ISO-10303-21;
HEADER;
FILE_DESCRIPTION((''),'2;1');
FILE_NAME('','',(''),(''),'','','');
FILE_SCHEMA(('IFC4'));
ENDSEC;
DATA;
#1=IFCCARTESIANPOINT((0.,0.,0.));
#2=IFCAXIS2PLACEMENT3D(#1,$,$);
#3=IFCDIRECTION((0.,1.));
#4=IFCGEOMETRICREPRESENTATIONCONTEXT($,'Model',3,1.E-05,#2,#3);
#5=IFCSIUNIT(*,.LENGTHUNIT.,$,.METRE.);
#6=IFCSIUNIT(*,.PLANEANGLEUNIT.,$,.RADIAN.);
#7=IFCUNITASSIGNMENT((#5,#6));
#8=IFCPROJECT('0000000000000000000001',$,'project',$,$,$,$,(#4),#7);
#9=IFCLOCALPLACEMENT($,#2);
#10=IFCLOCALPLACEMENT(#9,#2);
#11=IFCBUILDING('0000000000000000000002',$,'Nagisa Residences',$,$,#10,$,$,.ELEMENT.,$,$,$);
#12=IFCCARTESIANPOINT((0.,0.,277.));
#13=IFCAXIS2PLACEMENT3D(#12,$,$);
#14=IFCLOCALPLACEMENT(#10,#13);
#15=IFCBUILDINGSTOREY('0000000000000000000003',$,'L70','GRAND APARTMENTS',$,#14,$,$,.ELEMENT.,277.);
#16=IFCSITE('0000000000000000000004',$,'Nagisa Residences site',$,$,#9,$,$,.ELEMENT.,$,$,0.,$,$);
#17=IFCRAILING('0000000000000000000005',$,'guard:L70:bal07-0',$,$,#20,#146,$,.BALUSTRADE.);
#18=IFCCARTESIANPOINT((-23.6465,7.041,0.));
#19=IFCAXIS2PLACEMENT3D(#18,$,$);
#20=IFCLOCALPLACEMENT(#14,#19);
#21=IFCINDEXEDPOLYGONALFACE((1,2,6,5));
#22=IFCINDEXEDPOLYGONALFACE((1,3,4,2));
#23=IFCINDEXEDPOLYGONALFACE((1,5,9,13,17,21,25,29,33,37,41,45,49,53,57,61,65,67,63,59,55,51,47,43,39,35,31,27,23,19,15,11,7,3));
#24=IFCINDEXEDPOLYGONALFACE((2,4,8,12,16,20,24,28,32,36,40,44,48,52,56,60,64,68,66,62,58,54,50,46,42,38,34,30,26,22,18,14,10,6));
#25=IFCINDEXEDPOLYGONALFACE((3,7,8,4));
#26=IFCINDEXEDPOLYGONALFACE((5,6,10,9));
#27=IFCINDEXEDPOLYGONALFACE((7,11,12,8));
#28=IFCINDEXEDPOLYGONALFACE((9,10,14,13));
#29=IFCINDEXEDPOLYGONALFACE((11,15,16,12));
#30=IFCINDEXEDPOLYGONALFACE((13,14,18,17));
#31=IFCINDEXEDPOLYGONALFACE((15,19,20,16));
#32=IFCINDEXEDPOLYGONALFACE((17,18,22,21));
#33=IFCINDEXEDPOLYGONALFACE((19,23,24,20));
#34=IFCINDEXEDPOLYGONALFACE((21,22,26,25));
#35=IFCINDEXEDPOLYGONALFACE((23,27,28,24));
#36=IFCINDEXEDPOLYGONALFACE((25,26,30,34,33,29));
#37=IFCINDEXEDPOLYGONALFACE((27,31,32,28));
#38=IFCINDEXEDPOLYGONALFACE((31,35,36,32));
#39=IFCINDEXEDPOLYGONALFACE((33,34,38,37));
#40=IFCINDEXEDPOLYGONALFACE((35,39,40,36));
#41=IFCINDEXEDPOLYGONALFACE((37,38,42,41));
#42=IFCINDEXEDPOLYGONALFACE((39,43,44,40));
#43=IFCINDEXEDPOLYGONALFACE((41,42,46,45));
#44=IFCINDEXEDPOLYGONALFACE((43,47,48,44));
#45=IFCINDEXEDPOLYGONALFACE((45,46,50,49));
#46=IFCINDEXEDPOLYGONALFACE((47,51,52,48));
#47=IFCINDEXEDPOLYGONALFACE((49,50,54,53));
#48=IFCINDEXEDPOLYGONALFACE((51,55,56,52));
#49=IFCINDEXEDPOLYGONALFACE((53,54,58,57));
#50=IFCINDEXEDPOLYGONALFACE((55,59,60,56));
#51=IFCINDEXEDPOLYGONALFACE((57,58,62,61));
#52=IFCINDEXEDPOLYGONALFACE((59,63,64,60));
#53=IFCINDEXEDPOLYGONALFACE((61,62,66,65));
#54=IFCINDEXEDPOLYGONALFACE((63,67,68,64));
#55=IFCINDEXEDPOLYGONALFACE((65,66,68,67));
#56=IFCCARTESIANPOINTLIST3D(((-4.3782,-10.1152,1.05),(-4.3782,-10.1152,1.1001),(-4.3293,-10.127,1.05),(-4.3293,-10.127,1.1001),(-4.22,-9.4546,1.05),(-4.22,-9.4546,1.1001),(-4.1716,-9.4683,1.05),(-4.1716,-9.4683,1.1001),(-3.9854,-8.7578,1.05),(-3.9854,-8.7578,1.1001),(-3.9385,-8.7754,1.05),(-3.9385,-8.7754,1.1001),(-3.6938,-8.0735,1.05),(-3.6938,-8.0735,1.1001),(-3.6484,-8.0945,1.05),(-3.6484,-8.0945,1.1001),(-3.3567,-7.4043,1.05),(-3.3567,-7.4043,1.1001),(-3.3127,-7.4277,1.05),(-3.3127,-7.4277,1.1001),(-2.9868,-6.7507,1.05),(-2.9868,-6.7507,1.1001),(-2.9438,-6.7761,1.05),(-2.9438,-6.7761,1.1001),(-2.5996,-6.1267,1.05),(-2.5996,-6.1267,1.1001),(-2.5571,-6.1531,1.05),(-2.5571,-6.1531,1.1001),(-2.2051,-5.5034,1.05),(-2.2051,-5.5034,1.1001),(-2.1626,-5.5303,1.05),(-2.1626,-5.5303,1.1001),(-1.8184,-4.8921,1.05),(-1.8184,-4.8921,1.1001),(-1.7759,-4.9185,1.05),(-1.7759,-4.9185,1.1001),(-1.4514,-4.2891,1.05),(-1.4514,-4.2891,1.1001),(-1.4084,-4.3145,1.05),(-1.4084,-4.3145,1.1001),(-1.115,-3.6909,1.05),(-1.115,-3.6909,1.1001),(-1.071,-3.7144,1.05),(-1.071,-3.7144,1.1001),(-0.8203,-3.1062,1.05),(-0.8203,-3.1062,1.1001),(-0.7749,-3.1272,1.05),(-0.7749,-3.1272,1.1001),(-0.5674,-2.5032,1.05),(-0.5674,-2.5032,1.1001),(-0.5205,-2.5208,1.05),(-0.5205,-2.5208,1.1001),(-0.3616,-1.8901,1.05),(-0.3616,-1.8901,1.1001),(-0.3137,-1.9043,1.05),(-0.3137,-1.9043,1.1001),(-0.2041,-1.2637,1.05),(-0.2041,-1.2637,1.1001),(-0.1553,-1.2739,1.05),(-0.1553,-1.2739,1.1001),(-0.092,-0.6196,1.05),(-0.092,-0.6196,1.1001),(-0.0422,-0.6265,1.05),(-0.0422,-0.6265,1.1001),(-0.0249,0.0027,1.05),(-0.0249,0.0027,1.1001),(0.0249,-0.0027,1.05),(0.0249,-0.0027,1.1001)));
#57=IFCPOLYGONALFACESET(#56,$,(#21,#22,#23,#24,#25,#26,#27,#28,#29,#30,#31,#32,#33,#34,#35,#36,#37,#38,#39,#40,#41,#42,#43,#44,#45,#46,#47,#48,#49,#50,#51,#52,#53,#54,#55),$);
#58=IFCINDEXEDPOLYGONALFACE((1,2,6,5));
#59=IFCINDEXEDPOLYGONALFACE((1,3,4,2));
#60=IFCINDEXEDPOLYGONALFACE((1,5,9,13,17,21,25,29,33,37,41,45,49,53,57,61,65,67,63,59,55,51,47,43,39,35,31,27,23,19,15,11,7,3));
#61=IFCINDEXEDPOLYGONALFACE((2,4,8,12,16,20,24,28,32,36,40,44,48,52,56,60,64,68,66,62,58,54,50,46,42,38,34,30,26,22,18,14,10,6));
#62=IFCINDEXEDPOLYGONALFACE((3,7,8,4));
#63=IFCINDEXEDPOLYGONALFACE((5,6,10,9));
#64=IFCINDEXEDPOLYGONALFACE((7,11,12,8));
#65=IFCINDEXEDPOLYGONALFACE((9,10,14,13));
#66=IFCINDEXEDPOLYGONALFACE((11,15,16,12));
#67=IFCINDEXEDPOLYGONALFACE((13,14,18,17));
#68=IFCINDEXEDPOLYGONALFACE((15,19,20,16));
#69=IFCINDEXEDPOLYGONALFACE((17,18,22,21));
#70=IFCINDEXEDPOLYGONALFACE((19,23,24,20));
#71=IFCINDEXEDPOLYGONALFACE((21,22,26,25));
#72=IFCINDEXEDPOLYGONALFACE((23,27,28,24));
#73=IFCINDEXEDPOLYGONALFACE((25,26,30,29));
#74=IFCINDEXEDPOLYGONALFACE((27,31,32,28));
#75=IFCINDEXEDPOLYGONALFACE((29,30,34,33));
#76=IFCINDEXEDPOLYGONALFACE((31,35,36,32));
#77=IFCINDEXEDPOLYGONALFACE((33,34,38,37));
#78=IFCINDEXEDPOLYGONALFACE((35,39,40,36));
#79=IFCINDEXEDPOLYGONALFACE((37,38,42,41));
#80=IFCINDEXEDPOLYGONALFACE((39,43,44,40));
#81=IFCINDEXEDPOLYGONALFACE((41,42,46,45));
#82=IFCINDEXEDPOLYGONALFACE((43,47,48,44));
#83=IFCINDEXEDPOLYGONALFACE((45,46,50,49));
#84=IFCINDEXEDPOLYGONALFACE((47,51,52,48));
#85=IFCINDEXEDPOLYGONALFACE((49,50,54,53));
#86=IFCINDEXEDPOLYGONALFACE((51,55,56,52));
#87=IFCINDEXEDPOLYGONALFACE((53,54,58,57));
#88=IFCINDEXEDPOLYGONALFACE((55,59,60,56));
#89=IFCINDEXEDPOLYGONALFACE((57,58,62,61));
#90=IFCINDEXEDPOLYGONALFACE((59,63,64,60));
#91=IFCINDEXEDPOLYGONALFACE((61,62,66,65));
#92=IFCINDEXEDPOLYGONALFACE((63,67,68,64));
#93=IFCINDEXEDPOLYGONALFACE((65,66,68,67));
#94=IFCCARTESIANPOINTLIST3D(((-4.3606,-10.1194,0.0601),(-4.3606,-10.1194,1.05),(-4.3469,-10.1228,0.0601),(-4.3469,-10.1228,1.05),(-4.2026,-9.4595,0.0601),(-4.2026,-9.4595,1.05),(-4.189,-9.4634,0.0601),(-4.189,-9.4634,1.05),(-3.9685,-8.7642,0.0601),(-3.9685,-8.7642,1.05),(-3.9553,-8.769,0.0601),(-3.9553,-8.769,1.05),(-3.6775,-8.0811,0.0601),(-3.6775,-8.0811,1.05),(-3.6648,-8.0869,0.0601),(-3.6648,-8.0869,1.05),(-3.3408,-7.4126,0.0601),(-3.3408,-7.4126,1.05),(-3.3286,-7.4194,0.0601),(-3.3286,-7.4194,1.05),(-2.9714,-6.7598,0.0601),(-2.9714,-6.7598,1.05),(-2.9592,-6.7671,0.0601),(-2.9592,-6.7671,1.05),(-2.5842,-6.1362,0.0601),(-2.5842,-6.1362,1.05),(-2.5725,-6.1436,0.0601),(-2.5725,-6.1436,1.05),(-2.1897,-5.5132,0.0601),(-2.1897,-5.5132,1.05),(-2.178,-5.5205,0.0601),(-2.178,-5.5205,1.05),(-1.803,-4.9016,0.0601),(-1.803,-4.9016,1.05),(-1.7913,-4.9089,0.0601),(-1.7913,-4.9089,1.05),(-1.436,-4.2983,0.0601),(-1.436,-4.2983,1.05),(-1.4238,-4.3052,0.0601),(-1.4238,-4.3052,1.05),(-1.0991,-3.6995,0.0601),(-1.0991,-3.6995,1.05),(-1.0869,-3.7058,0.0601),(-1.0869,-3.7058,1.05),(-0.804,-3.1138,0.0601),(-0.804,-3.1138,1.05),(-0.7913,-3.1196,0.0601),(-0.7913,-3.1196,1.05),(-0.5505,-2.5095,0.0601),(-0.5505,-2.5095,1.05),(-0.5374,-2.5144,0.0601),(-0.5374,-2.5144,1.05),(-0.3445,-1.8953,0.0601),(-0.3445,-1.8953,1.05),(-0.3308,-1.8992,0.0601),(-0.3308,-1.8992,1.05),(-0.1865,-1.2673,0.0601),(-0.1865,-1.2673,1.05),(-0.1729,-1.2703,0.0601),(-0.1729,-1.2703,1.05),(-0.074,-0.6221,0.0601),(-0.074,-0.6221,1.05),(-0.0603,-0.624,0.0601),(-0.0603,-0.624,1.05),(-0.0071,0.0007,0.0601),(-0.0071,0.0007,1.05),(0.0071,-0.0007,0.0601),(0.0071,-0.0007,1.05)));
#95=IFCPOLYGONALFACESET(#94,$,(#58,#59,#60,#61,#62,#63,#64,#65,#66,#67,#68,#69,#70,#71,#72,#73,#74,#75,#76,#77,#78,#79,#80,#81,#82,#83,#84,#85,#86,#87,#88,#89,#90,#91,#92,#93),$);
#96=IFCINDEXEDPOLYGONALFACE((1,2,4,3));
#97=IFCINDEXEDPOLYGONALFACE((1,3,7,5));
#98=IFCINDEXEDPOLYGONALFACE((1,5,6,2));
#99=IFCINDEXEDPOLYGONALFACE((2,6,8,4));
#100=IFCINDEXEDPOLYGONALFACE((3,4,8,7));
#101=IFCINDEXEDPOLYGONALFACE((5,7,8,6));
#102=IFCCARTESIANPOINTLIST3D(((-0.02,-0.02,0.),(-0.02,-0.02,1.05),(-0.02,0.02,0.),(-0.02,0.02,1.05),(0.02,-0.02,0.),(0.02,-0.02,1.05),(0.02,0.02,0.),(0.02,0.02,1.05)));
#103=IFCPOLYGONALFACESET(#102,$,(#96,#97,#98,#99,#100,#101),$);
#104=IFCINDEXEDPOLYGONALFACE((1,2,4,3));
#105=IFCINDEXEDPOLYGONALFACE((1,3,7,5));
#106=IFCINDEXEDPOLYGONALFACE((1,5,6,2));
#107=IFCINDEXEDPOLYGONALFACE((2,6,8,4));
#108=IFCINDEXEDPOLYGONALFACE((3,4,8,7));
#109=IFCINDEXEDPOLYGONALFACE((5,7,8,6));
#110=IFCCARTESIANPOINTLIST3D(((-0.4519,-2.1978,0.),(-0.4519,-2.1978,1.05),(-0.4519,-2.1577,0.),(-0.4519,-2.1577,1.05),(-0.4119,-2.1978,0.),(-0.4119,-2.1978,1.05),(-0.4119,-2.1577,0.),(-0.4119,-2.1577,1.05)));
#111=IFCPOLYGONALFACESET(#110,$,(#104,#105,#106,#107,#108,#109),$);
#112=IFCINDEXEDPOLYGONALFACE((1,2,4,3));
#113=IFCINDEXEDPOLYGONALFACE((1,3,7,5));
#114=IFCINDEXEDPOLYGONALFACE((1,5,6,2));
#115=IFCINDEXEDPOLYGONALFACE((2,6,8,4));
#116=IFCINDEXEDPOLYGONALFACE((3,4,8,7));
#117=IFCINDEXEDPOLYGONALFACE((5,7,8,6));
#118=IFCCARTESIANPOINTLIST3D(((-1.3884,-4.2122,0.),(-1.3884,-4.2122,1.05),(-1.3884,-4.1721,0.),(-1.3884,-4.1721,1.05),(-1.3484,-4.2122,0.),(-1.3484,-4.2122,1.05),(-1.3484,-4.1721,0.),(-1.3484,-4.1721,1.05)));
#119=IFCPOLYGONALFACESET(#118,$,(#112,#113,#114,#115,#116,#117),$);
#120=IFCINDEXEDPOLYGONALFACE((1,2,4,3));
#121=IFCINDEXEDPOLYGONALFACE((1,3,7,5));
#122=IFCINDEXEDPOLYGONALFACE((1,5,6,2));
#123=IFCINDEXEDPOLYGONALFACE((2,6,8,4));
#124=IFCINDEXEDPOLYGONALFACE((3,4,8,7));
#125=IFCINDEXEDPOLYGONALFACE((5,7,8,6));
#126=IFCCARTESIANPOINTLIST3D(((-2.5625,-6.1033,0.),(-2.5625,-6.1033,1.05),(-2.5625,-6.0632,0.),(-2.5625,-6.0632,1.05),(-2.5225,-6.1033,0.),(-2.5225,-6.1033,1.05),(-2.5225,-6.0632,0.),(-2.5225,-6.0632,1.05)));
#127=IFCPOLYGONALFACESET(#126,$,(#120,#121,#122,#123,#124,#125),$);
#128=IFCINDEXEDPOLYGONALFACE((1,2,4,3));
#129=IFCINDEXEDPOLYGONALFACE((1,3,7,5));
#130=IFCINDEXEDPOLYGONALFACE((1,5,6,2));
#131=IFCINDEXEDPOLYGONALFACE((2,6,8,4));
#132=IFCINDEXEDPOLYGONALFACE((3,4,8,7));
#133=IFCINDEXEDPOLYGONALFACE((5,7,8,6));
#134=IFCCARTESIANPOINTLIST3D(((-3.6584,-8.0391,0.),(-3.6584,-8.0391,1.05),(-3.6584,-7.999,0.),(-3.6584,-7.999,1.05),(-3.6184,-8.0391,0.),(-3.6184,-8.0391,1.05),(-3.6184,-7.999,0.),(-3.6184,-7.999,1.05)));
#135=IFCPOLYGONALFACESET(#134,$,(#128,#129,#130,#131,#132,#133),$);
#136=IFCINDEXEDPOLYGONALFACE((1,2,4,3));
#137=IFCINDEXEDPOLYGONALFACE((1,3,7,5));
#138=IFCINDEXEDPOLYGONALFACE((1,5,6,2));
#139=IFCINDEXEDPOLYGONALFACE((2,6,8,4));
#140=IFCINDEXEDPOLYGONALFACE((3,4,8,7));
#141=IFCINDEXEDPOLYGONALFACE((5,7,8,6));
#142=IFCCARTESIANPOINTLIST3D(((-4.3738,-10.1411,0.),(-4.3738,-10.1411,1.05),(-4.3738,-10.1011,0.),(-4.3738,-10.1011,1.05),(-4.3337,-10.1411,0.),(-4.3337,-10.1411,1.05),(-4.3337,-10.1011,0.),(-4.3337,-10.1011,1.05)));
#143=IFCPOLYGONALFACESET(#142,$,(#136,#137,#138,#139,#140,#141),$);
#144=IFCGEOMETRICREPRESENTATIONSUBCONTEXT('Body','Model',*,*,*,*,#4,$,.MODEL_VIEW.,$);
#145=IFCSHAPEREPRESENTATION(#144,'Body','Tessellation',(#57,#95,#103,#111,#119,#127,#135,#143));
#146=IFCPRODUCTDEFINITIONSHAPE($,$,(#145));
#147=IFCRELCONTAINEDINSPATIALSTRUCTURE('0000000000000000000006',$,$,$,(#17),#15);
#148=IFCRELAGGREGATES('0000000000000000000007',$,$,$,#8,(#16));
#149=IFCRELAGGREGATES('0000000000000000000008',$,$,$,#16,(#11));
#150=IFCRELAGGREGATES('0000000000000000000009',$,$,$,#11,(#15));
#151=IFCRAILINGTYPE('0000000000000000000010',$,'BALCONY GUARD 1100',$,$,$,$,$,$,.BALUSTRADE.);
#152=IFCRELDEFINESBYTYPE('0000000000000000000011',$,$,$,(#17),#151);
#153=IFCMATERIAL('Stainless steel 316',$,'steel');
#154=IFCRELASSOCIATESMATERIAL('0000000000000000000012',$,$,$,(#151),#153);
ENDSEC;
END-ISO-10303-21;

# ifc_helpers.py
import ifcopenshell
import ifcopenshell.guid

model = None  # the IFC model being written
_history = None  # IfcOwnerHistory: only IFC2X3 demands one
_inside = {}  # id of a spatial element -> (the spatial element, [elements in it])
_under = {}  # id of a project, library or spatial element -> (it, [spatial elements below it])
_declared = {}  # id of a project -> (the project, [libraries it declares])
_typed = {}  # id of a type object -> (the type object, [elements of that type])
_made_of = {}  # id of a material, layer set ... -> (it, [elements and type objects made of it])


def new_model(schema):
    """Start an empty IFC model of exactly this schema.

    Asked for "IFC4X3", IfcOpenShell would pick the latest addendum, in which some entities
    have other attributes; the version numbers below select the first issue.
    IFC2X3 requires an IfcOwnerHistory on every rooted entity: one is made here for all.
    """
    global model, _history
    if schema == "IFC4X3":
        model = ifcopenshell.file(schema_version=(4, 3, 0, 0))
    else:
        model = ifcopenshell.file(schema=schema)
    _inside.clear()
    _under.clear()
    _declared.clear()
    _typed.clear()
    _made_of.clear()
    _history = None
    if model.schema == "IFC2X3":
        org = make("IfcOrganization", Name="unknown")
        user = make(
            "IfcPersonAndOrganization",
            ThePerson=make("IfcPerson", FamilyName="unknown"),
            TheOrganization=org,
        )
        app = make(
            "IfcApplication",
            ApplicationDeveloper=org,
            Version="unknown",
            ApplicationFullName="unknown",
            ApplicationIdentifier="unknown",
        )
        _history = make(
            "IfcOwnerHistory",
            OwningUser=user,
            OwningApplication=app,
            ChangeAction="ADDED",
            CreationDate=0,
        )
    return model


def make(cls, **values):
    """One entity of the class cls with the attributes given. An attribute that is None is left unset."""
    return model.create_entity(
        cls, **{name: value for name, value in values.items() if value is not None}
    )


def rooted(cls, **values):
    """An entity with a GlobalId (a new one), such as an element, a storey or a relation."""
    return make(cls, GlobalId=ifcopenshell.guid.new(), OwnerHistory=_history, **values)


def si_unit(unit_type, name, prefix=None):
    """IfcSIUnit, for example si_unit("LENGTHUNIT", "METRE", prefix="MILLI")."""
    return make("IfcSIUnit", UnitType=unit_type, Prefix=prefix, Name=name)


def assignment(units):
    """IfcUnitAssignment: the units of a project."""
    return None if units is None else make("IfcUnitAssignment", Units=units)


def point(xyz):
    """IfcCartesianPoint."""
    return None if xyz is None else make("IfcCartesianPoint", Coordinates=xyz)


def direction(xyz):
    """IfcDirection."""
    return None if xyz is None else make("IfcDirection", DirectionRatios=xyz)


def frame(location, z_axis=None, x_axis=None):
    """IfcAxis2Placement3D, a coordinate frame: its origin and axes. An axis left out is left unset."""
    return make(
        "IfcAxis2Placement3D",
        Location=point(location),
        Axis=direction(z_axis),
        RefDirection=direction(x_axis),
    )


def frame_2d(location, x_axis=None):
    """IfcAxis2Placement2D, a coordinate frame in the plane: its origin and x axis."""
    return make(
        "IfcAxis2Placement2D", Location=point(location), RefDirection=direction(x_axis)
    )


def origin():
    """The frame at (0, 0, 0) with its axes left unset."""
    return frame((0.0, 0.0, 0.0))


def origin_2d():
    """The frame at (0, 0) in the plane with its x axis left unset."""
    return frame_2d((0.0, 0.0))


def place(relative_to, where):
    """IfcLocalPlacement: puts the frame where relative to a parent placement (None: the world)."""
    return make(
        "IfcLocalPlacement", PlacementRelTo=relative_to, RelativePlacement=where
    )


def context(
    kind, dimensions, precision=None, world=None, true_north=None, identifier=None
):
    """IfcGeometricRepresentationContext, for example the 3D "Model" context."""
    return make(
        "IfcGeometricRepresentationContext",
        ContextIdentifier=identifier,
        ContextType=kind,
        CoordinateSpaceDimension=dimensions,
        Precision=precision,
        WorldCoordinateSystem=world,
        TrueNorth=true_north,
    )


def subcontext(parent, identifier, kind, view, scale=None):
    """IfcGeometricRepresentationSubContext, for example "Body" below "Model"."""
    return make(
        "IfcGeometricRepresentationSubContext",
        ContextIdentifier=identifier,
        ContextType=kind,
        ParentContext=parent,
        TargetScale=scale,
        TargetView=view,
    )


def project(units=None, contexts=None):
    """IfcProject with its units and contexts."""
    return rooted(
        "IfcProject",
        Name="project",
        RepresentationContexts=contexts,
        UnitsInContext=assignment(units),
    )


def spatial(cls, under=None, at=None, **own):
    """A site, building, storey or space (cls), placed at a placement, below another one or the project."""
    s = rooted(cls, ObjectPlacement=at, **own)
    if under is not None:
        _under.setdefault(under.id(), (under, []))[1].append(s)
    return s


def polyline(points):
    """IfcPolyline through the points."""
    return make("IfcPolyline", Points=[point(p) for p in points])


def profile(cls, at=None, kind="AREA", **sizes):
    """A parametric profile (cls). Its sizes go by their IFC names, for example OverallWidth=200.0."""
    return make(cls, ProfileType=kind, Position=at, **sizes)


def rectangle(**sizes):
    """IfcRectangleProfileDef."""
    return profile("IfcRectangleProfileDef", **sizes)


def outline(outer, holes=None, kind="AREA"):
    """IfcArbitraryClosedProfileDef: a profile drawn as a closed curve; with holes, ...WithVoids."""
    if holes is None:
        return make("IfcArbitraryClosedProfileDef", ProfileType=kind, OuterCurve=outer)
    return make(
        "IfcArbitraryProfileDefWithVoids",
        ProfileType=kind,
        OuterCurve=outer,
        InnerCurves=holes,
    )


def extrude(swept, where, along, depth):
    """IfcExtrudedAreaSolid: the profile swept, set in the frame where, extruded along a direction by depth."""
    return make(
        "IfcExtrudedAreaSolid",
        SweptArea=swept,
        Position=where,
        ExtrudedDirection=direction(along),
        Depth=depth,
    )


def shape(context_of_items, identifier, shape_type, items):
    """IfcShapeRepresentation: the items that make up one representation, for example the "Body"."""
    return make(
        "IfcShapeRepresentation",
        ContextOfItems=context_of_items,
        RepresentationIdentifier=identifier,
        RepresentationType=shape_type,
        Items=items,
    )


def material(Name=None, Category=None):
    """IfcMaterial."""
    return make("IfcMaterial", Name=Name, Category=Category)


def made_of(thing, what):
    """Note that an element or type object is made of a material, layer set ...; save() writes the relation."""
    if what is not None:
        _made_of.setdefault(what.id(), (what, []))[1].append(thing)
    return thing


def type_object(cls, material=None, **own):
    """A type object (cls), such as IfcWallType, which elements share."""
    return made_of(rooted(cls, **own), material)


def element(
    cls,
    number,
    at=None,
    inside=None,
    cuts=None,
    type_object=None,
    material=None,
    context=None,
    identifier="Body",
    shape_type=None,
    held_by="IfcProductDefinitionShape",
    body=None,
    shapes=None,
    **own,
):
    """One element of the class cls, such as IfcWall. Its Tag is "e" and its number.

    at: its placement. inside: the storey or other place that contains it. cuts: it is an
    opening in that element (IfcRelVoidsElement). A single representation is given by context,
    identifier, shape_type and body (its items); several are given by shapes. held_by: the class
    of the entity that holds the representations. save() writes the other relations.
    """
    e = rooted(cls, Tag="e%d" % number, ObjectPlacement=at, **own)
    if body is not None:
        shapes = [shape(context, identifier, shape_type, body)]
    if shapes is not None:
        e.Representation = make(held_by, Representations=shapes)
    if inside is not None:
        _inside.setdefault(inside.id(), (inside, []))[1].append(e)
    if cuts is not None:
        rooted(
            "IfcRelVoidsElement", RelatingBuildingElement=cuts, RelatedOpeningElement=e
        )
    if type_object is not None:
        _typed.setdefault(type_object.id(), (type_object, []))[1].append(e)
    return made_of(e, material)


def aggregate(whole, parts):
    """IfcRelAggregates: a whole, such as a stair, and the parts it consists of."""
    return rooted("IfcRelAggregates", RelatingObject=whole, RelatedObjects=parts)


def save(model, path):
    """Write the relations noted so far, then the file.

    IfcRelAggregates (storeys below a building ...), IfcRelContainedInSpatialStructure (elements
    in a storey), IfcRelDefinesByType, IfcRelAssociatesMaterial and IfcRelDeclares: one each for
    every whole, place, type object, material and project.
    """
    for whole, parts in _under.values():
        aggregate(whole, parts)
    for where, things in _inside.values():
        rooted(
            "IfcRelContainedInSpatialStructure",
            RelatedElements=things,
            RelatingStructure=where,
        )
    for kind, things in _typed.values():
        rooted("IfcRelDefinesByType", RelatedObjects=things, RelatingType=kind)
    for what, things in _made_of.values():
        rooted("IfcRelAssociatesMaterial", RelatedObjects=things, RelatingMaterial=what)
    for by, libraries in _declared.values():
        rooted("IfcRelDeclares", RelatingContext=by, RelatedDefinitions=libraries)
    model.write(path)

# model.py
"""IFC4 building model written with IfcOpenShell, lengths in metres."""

from ifc_helpers import new_model, si_unit, direction, frame, origin, origin_2d, place, context, subcontext, project, spatial, polyline, rectangle, outline, extrude, material, type_object, element, save


model = new_model("IFC4")

# Units and contexts
model_context = context("Model", 3, precision=1e-05, world=origin(), true_north=direction((0.0, 1.0)))
body_context = subcontext(model_context, "Body", "Model", "MODEL_VIEW")
ifc_project = project(units=[si_unit("LENGTHUNIT", "METRE"), si_unit("PLANEANGLEUNIT", "RADIAN")], contexts=[model_context])

# Site, building, storey
site_placement = place(None, origin())
site = spatial("IfcSite", under=ifc_project, at=site_placement, Name="Nagisa Residences site", CompositionType="ELEMENT", RefElevation=0.0)
building_placement = place(site_placement, origin())
building = spatial("IfcBuilding", under=site, at=building_placement, Name="Nagisa Residences", CompositionType="ELEMENT")
storey_placement = place(building_placement, frame((0.0, 0.0, 277.0)))
storey = spatial("IfcBuildingStorey", under=building, at=storey_placement, Name="L70", Description="GRAND APARTMENTS", CompositionType="ELEMENT", Elevation=277.0)

# Railing
ifc_material_1 = material(Name="Stainless steel 316", Category="steel")
railing_type = type_object("IfcRailingType", Name="BALCONY GUARD 1100", PredefinedType="BALUSTRADE", material=ifc_material_1)
railing_placement = place(storey_placement, frame((-23.6465, 7.041, 0.0)))
element("IfcRailing", 1, at=railing_placement, inside=storey, type_object=railing_type, Name="guard:L70:bal07-0", PredefinedType="BALUSTRADE", context=body_context, shape_type="SweptSolid", body=[
    extrude(outline(polyline([(-0.0422, -0.6265), (0.0249, -0.0027), (-0.0249, 0.0027), (-0.092, -0.6196), (-0.2041, -1.2637), (-0.3616, -1.8901), (-0.5674, -2.5032), (-0.8203, -3.1062), (-1.115, -3.6909), (-1.4514, -4.2891), (-1.8184, -4.8921), (-2.2051, -5.5034), (-2.5996, -6.1267), (-2.9868, -6.7507), (-3.3567, -7.4043), (-3.6938, -8.0735), (-3.9854, -8.7578), (-4.22, -9.4546), (-4.3782, -10.1152), (-4.3293, -10.127), (-4.1716, -9.4683), (-3.9385, -8.7754), (-3.6484, -8.0945), (-3.3127, -7.4277), (-2.9438, -6.7761), (-2.5571, -6.1531), (-2.1626, -5.5303), (-1.7759, -4.9185), (-1.4084, -4.3145), (-1.071, -3.7144), (-0.7749, -3.1272), (-0.5205, -2.5208), (-0.3137, -1.9043), (-0.1553, -1.2739), (-0.0422, -0.6265)])), frame((0.0, 0.0, 1.05)), (0.0, 0.0, 1.0), 0.05),
    extrude(outline(polyline([(-0.0603, -0.624), (0.0071, -0.0007), (-0.0071, 0.0007), (-0.074, -0.6221), (-0.1865, -1.2673), (-0.3445, -1.8953), (-0.5505, -2.5095), (-0.804, -3.1138), (-1.0991, -3.6995), (-1.436, -4.2983), (-1.803, -4.9016), (-2.1897, -5.5132), (-2.5842, -6.1362), (-2.9714, -6.7598), (-3.3408, -7.4126), (-3.6775, -8.0811), (-3.9685, -8.7642), (-4.2026, -9.4595), (-4.3606, -10.1194), (-4.3469, -10.1228), (-4.189, -9.4634), (-3.9553, -8.769), (-3.6648, -8.0869), (-3.3286, -7.4194), (-2.9592, -6.7671), (-2.5725, -6.1436), (-2.178, -5.5205), (-1.7913, -4.9089), (-1.4238, -4.3052), (-1.0869, -3.7058), (-0.7913, -3.1196), (-0.5374, -2.5144), (-0.3308, -1.8992), (-0.1729, -1.2703), (-0.0603, -0.624)])), frame((0.0, 0.0, 0.0601)), (0.0, 0.0, 1.0), 0.99),
    extrude(rectangle(XDim=0.04, YDim=0.04, at=origin_2d()), origin(), (0.0, 0.0, 1.0), 1.05),
    extrude(rectangle(XDim=0.04, YDim=0.04, at=origin_2d()), frame((-0.4319, -2.1777, 0.0)), (0.0, 0.0, 1.0), 1.05),
    extrude(rectangle(XDim=0.04, YDim=0.04, at=origin_2d()), frame((-1.3684, -4.1921, 0.0)), (0.0, 0.0, 1.0), 1.05),
    extrude(rectangle(XDim=0.04, YDim=0.04, at=origin_2d()), frame((-2.5425, -6.0833, 0.0)), (0.0, 0.0, 1.0), 1.05),
    extrude(rectangle(XDim=0.04, YDim=0.04, at=origin_2d()), frame((-3.6384, -8.019, 0.0)), (0.0, 0.0, 1.0), 1.05),
    extrude(rectangle(XDim=0.04, YDim=0.04, at=origin_2d()), frame((-4.3538, -10.1211, 0.0)), (0.0, 0.0, 1.0), 1.05),
])

save(model, "model.ifc")
